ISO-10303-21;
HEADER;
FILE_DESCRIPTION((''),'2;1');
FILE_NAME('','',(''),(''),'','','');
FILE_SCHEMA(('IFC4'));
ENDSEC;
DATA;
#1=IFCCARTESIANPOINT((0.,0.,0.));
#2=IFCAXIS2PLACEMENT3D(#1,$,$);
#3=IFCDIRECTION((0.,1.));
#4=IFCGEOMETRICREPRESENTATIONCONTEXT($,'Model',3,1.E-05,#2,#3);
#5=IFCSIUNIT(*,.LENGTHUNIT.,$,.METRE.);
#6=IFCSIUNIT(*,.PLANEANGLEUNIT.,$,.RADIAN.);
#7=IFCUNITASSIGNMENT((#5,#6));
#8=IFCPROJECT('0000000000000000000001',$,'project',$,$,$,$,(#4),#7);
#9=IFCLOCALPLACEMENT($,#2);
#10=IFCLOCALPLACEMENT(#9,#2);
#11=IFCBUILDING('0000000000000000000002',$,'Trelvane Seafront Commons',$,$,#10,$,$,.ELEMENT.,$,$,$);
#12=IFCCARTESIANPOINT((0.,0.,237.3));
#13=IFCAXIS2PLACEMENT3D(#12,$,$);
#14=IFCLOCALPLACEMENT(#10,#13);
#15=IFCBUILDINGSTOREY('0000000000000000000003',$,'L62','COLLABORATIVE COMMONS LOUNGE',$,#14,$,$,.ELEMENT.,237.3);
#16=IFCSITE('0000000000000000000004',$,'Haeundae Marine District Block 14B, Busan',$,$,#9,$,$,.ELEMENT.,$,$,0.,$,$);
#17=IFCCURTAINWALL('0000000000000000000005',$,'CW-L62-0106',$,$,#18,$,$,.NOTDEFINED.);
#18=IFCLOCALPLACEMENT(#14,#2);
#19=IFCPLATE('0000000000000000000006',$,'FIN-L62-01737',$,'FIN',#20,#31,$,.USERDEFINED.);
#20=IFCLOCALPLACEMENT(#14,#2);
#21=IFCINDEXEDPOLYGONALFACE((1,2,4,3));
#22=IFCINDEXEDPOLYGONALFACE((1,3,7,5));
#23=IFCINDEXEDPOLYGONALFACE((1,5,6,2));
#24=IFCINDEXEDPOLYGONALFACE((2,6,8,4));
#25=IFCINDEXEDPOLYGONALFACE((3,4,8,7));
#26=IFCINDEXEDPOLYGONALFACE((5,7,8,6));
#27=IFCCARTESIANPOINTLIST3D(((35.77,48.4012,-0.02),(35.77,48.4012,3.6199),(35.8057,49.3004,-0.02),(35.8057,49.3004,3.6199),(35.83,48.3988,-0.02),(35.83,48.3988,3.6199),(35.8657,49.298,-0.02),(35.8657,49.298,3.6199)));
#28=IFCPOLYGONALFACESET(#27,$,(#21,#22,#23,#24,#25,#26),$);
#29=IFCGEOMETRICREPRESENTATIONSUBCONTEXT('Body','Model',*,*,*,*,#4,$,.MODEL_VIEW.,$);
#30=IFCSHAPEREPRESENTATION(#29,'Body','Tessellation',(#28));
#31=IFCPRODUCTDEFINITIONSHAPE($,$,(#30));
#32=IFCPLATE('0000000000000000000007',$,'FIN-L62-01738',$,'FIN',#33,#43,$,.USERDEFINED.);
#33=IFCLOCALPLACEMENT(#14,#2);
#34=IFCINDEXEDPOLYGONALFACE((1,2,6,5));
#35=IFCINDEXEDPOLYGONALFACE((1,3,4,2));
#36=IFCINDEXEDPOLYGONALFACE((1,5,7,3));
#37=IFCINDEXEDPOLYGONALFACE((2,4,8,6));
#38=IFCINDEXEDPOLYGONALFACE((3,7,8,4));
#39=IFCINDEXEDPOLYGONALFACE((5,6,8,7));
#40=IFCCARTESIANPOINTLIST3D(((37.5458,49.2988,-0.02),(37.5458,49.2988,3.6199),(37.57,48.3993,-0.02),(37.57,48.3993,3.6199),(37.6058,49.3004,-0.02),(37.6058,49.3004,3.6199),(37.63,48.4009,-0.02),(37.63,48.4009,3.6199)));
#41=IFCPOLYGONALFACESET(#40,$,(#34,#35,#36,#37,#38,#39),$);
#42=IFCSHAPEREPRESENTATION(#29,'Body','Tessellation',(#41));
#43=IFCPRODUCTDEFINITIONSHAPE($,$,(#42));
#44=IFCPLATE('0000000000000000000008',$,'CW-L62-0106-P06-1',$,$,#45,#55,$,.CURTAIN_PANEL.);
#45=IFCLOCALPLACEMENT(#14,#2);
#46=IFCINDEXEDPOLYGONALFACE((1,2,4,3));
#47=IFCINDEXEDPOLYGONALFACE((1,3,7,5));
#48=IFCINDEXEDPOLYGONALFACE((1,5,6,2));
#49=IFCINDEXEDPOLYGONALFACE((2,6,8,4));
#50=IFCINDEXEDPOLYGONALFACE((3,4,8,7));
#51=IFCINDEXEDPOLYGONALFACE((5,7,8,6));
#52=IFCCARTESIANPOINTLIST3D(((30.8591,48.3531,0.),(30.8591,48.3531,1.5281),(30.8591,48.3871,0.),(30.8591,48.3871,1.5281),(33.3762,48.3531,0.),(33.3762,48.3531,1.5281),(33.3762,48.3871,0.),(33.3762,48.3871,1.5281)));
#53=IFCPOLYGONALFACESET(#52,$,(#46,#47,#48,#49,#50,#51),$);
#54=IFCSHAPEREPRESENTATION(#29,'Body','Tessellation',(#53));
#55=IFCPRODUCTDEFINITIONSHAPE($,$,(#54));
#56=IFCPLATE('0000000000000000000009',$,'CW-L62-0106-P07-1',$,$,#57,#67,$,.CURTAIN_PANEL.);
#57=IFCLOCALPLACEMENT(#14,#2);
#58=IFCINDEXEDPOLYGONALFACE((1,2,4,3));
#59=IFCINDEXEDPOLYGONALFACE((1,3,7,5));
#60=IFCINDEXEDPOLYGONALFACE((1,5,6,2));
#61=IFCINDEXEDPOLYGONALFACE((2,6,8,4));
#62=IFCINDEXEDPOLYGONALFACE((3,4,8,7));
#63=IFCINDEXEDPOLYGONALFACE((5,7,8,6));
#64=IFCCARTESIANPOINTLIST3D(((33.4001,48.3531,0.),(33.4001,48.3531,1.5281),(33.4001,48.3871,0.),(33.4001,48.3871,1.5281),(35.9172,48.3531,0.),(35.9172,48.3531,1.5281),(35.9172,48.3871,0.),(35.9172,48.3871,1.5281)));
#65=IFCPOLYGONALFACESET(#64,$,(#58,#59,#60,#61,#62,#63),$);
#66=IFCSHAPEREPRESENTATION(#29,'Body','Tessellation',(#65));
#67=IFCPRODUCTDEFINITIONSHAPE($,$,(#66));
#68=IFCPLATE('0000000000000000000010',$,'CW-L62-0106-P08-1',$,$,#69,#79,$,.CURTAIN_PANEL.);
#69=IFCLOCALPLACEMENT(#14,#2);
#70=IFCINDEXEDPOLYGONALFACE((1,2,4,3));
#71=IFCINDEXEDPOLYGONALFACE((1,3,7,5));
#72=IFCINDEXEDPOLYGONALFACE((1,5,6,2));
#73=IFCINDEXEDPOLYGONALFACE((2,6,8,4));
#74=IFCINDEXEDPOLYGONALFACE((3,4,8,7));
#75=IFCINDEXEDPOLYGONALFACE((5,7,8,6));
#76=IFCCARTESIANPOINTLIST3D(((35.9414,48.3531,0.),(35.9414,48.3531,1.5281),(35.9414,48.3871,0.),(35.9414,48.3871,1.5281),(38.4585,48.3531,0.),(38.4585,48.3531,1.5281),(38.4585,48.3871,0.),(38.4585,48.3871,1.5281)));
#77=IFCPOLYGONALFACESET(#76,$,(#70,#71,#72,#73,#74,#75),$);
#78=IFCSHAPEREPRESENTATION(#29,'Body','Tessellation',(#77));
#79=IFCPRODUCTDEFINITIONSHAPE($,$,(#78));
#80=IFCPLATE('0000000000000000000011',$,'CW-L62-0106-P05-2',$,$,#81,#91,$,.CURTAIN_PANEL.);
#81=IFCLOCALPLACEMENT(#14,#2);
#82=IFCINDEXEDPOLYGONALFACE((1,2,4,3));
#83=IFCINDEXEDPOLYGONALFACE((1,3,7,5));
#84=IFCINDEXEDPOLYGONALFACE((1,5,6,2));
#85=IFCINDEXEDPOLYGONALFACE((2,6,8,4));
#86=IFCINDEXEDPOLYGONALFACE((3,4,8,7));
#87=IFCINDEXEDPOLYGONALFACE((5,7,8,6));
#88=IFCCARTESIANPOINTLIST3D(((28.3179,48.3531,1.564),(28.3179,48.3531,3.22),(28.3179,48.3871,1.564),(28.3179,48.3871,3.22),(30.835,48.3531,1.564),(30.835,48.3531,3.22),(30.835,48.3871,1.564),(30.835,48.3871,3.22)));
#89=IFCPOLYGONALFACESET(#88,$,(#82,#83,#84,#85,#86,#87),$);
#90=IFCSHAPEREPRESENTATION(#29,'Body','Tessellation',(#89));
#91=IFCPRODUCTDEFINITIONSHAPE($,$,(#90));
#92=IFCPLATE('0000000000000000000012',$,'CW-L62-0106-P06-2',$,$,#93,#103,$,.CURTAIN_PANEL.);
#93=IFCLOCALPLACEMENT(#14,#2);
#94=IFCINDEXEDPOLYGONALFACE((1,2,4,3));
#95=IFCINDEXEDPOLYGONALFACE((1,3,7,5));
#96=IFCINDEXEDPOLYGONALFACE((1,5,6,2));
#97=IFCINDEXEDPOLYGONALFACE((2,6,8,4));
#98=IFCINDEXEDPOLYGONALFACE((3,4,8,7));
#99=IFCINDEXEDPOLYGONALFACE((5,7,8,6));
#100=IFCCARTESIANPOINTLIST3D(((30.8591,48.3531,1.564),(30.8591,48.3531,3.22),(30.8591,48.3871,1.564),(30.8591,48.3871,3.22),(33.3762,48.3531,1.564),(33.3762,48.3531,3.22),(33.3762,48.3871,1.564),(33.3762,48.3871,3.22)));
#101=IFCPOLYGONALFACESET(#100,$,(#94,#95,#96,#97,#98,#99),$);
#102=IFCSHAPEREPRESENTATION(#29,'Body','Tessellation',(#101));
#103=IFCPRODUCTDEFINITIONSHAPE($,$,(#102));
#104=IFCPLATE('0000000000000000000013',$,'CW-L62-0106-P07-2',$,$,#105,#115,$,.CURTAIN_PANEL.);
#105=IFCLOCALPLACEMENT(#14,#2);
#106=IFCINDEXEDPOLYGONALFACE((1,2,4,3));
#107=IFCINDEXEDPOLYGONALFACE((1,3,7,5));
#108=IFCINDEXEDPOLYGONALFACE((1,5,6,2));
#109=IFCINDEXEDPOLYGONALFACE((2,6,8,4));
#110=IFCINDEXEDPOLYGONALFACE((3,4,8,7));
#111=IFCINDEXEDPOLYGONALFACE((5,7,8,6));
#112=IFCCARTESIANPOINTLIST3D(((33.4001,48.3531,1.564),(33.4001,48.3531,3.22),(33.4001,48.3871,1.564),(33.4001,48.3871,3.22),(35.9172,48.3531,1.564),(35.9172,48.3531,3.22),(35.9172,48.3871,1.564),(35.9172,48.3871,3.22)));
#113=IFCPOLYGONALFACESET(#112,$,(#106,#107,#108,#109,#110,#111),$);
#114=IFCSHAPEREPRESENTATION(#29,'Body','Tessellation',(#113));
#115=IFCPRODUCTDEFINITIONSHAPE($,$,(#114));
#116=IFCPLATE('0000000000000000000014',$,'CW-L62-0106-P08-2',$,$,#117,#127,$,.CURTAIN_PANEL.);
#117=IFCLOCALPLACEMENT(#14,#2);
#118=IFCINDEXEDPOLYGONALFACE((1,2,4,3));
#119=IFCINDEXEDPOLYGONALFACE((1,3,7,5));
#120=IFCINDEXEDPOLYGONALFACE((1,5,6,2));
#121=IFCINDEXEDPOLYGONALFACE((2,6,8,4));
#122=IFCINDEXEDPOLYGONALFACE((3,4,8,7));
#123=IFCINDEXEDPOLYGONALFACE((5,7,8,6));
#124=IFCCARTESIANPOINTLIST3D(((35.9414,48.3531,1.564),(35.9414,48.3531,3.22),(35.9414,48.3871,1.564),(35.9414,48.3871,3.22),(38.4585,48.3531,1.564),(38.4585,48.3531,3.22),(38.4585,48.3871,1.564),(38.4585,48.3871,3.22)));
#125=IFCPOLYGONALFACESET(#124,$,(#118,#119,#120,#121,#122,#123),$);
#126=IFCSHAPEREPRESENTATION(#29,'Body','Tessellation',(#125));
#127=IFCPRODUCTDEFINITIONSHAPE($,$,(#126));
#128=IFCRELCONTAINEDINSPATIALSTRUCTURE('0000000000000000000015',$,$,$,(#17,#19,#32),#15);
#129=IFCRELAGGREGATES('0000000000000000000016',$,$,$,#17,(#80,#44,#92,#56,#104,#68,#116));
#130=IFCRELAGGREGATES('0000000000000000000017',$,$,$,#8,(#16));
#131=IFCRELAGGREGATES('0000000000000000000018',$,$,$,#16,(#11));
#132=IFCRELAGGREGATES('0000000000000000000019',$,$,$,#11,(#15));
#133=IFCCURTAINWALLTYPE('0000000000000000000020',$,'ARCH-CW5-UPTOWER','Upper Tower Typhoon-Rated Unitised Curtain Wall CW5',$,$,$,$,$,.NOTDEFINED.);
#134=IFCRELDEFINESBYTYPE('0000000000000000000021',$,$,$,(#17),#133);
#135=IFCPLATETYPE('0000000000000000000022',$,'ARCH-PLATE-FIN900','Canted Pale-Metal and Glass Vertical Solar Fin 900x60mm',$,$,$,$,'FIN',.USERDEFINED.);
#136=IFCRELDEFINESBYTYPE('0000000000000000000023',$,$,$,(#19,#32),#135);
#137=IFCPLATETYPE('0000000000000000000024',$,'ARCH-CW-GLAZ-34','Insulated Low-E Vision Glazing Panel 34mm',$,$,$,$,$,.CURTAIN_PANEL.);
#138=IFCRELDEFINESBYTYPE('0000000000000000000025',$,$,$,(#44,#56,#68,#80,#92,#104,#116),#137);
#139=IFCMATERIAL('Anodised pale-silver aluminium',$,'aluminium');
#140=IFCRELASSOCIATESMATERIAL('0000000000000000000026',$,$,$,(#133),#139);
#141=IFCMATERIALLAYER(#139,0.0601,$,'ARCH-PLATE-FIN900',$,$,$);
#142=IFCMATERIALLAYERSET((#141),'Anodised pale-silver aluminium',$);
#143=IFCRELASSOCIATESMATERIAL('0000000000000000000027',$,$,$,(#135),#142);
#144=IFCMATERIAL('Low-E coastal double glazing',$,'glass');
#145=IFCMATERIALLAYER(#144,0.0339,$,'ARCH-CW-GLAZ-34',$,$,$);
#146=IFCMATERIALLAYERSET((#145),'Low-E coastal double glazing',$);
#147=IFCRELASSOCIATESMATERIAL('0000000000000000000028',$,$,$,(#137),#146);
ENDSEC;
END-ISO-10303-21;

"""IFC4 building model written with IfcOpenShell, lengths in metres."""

from ifc_helpers import new_model, si_unit, direction, frame, origin, origin_2d, place, context, subcontext, project, spatial, rectangle, extrude, source, transform, mapped, material, layer, layer_set, type_object, element, aggregate, save


model = new_model("IFC4")

# Units and contexts
model_context = context("Model", 3, precision=1e-05, world=origin(), true_north=direction((0.0, 1.0)))
body_context = subcontext(model_context, "Body", "Model", "MODEL_VIEW")
ifc_project = project(units=[si_unit("LENGTHUNIT", "METRE"), si_unit("PLANEANGLEUNIT", "RADIAN")], contexts=[model_context])

# Site, building, storey
site_placement = place(None, origin())
site = spatial("IfcSite", under=ifc_project, at=site_placement, Name="Haeundae Marine District Block 14B, Busan", CompositionType="ELEMENT", RefElevation=0.0)
building_placement = place(site_placement, origin())
building = spatial("IfcBuilding", under=site, at=building_placement, Name="Trelvane Seafront Commons", CompositionType="ELEMENT")
storey_placement = place(building_placement, frame((0.0, 0.0, 237.3)))
storey = spatial("IfcBuildingStorey", under=building, at=storey_placement, Name="L62", Description="COLLABORATIVE COMMONS LOUNGE", CompositionType="ELEMENT", Elevation=237.3)

# Curtain wall
ifc_material_1 = material(Name="Anodised pale-silver aluminium", Category="aluminium")
curtain_wall_type = type_object("IfcCurtainWallType", Name="ARCH-CW5-UPTOWER", Description="Upper Tower Typhoon-Rated Unitised Curtain Wall CW5", PredefinedType="NOTDEFINED", material=ifc_material_1)
curtain_wall_placement = place(storey_placement, origin())
curtain_wall = element("IfcCurtainWall", 1, at=curtain_wall_placement, inside=storey, type_object=curtain_wall_type, Name="CW-L62-0106", PredefinedType="NOTDEFINED")

# Plates
ifc_layer_1 = layer(ifc_material_1, 0.0601, Name="ARCH-PLATE-FIN900")
ifc_layer_set_1 = layer_set([ifc_layer_1], Name="Anodised pale-silver aluminium")
plate_type_1 = type_object("IfcPlateType", Name="ARCH-PLATE-FIN900", Description="Canted Pale-Metal and Glass Vertical Solar Fin 900x60mm", ElementType="FIN", PredefinedType="USERDEFINED", material=ifc_layer_set_1)
shared_shape_1 = source(origin(), body_context, "Body", "SweptSolid", [
    extrude(rectangle(XDim=0.8999, YDim=0.0601, at=origin_2d()), origin(), (0.0, 0.0, 1.0), 3.6399),
])
for number, where, z_axis, x_axis, name in (
    (2, (35.8179, 48.8496, -0.02), (0.0, 0.0, 1.0), (0.039666, 0.999213, 0.0), "FIN-L62-01737"),
    (3, (37.5879, 48.8499, -0.02), (0.0, 0.0, 1.0), (-0.026889, 0.999638, 0.0), "FIN-L62-01738"),
):
    element("IfcPlate", number, at=place(storey_placement, frame(where, z_axis=z_axis, x_axis=x_axis)), inside=storey, type_object=plate_type_1, Name=name, ObjectType="FIN", PredefinedType="USERDEFINED", context=body_context, shape_type="MappedRepresentation", body=[
        mapped(shared_shape_1, transform((0.0, 0.0, 0.0), x_axis=(1.0, 0.0, 0.0), y_axis=(0.0, 1.0, 0.0), z_axis=(0.0, 0.0, 1.0), scale=1.0)),
    ])

# Plates
ifc_material_2 = material(Name="Low-E coastal double glazing", Category="glass")
ifc_layer_2 = layer(ifc_material_2, 0.0339, Name="ARCH-CW-GLAZ-34")
ifc_layer_set_2 = layer_set([ifc_layer_2], Name="Low-E coastal double glazing")
plate_type_2 = type_object("IfcPlateType", Name="ARCH-CW-GLAZ-34", Description="Insulated Low-E Vision Glazing Panel 34mm", PredefinedType="CURTAIN_PANEL", material=ifc_layer_set_2)
shared_shape_2 = source(origin(), body_context, "Body", "SweptSolid", [
    extrude(rectangle(XDim=2.5171, YDim=0.0339, at=origin_2d()), origin(), (0.0, 0.0, 1.0), 1.5281),
])
plate_1_placement = place(storey_placement, frame((32.1177, 48.3701, 0.0), z_axis=(0.0, 0.0, 1.0), x_axis=(1.0, 0.0, 0.0)))
plate_1 = element("IfcPlate", 4, at=plate_1_placement, type_object=plate_type_2, Name="CW-L62-0106-P06-1", PredefinedType="CURTAIN_PANEL", context=body_context, shape_type="MappedRepresentation", body=[
    mapped(shared_shape_2, transform((0.0, 0.0, 0.0), x_axis=(1.0, 0.0, 0.0), y_axis=(0.0, 1.0, 0.0), z_axis=(0.0, 0.0, 1.0), scale=1.0)),
])
plate_2_placement = place(storey_placement, frame((34.6587, 48.3701, 0.0), z_axis=(0.0, 0.0, 1.0), x_axis=(1.0, 0.0, 0.0)))
plate_2 = element("IfcPlate", 5, at=plate_2_placement, type_object=plate_type_2, Name="CW-L62-0106-P07-1", PredefinedType="CURTAIN_PANEL", context=body_context, shape_type="MappedRepresentation", body=[
    mapped(shared_shape_2, transform((0.0, 0.0, 0.0), x_axis=(1.0, 0.0, 0.0), y_axis=(0.0, 1.0, 0.0), z_axis=(0.0, 0.0, 1.0), scale=1.0)),
])
plate_3_placement = place(storey_placement, frame((37.2, 48.3701, 0.0), z_axis=(0.0, 0.0, 1.0), x_axis=(1.0, 0.0, 0.0)))
plate_3 = element("IfcPlate", 6, at=plate_3_placement, type_object=plate_type_2, Name="CW-L62-0106-P08-1", PredefinedType="CURTAIN_PANEL", context=body_context, shape_type="MappedRepresentation", body=[
    mapped(shared_shape_2, transform((0.0, 0.0, 0.0), x_axis=(1.0, 0.0, 0.0), y_axis=(0.0, 1.0, 0.0), z_axis=(0.0, 0.0, 1.0), scale=1.0)),
])
shared_shape_3 = source(origin(), body_context, "Body", "SweptSolid", [
    extrude(rectangle(XDim=2.5171, YDim=0.0339, at=origin_2d()), origin(), (0.0, 0.0, 1.0), 1.656),
])
plate_4_placement = place(storey_placement, frame((29.5764, 48.3701, 1.564), z_axis=(0.0, 0.0, 1.0), x_axis=(1.0, 0.0, 0.0)))
plate_4 = element("IfcPlate", 7, at=plate_4_placement, type_object=plate_type_2, Name="CW-L62-0106-P05-2", PredefinedType="CURTAIN_PANEL", context=body_context, shape_type="MappedRepresentation", body=[
    mapped(shared_shape_3, transform((0.0, 0.0, 0.0), x_axis=(1.0, 0.0, 0.0), y_axis=(0.0, 1.0, 0.0), z_axis=(0.0, 0.0, 1.0), scale=1.0)),
])
plate_5_placement = place(storey_placement, frame((32.1177, 48.3701, 1.564), z_axis=(0.0, 0.0, 1.0), x_axis=(1.0, 0.0, 0.0)))
plate_5 = element("IfcPlate", 8, at=plate_5_placement, type_object=plate_type_2, Name="CW-L62-0106-P06-2", PredefinedType="CURTAIN_PANEL", context=body_context, shape_type="MappedRepresentation", body=[
    mapped(shared_shape_3, transform((0.0, 0.0, 0.0), x_axis=(1.0, 0.0, 0.0), y_axis=(0.0, 1.0, 0.0), z_axis=(0.0, 0.0, 1.0), scale=1.0)),
])
plate_6_placement = place(storey_placement, frame((34.6587, 48.3701, 1.564), z_axis=(0.0, 0.0, 1.0), x_axis=(1.0, 0.0, 0.0)))
plate_6 = element("IfcPlate", 9, at=plate_6_placement, type_object=plate_type_2, Name="CW-L62-0106-P07-2", PredefinedType="CURTAIN_PANEL", context=body_context, shape_type="MappedRepresentation", body=[
    mapped(shared_shape_3, transform((0.0, 0.0, 0.0), x_axis=(1.0, 0.0, 0.0), y_axis=(0.0, 1.0, 0.0), z_axis=(0.0, 0.0, 1.0), scale=1.0)),
])
plate_7_placement = place(storey_placement, frame((37.2, 48.3701, 1.564), z_axis=(0.0, 0.0, 1.0), x_axis=(1.0, 0.0, 0.0)))
plate_7 = element("IfcPlate", 10, at=plate_7_placement, type_object=plate_type_2, Name="CW-L62-0106-P08-2", PredefinedType="CURTAIN_PANEL", context=body_context, shape_type="MappedRepresentation", body=[
    mapped(shared_shape_3, transform((0.0, 0.0, 0.0), x_axis=(1.0, 0.0, 0.0), y_axis=(0.0, 1.0, 0.0), z_axis=(0.0, 0.0, 1.0), scale=1.0)),
])
aggregate(curtain_wall, [plate_4, plate_1, plate_5, plate_2, plate_6, plate_3, plate_7])

save(model, "model.ifc")
